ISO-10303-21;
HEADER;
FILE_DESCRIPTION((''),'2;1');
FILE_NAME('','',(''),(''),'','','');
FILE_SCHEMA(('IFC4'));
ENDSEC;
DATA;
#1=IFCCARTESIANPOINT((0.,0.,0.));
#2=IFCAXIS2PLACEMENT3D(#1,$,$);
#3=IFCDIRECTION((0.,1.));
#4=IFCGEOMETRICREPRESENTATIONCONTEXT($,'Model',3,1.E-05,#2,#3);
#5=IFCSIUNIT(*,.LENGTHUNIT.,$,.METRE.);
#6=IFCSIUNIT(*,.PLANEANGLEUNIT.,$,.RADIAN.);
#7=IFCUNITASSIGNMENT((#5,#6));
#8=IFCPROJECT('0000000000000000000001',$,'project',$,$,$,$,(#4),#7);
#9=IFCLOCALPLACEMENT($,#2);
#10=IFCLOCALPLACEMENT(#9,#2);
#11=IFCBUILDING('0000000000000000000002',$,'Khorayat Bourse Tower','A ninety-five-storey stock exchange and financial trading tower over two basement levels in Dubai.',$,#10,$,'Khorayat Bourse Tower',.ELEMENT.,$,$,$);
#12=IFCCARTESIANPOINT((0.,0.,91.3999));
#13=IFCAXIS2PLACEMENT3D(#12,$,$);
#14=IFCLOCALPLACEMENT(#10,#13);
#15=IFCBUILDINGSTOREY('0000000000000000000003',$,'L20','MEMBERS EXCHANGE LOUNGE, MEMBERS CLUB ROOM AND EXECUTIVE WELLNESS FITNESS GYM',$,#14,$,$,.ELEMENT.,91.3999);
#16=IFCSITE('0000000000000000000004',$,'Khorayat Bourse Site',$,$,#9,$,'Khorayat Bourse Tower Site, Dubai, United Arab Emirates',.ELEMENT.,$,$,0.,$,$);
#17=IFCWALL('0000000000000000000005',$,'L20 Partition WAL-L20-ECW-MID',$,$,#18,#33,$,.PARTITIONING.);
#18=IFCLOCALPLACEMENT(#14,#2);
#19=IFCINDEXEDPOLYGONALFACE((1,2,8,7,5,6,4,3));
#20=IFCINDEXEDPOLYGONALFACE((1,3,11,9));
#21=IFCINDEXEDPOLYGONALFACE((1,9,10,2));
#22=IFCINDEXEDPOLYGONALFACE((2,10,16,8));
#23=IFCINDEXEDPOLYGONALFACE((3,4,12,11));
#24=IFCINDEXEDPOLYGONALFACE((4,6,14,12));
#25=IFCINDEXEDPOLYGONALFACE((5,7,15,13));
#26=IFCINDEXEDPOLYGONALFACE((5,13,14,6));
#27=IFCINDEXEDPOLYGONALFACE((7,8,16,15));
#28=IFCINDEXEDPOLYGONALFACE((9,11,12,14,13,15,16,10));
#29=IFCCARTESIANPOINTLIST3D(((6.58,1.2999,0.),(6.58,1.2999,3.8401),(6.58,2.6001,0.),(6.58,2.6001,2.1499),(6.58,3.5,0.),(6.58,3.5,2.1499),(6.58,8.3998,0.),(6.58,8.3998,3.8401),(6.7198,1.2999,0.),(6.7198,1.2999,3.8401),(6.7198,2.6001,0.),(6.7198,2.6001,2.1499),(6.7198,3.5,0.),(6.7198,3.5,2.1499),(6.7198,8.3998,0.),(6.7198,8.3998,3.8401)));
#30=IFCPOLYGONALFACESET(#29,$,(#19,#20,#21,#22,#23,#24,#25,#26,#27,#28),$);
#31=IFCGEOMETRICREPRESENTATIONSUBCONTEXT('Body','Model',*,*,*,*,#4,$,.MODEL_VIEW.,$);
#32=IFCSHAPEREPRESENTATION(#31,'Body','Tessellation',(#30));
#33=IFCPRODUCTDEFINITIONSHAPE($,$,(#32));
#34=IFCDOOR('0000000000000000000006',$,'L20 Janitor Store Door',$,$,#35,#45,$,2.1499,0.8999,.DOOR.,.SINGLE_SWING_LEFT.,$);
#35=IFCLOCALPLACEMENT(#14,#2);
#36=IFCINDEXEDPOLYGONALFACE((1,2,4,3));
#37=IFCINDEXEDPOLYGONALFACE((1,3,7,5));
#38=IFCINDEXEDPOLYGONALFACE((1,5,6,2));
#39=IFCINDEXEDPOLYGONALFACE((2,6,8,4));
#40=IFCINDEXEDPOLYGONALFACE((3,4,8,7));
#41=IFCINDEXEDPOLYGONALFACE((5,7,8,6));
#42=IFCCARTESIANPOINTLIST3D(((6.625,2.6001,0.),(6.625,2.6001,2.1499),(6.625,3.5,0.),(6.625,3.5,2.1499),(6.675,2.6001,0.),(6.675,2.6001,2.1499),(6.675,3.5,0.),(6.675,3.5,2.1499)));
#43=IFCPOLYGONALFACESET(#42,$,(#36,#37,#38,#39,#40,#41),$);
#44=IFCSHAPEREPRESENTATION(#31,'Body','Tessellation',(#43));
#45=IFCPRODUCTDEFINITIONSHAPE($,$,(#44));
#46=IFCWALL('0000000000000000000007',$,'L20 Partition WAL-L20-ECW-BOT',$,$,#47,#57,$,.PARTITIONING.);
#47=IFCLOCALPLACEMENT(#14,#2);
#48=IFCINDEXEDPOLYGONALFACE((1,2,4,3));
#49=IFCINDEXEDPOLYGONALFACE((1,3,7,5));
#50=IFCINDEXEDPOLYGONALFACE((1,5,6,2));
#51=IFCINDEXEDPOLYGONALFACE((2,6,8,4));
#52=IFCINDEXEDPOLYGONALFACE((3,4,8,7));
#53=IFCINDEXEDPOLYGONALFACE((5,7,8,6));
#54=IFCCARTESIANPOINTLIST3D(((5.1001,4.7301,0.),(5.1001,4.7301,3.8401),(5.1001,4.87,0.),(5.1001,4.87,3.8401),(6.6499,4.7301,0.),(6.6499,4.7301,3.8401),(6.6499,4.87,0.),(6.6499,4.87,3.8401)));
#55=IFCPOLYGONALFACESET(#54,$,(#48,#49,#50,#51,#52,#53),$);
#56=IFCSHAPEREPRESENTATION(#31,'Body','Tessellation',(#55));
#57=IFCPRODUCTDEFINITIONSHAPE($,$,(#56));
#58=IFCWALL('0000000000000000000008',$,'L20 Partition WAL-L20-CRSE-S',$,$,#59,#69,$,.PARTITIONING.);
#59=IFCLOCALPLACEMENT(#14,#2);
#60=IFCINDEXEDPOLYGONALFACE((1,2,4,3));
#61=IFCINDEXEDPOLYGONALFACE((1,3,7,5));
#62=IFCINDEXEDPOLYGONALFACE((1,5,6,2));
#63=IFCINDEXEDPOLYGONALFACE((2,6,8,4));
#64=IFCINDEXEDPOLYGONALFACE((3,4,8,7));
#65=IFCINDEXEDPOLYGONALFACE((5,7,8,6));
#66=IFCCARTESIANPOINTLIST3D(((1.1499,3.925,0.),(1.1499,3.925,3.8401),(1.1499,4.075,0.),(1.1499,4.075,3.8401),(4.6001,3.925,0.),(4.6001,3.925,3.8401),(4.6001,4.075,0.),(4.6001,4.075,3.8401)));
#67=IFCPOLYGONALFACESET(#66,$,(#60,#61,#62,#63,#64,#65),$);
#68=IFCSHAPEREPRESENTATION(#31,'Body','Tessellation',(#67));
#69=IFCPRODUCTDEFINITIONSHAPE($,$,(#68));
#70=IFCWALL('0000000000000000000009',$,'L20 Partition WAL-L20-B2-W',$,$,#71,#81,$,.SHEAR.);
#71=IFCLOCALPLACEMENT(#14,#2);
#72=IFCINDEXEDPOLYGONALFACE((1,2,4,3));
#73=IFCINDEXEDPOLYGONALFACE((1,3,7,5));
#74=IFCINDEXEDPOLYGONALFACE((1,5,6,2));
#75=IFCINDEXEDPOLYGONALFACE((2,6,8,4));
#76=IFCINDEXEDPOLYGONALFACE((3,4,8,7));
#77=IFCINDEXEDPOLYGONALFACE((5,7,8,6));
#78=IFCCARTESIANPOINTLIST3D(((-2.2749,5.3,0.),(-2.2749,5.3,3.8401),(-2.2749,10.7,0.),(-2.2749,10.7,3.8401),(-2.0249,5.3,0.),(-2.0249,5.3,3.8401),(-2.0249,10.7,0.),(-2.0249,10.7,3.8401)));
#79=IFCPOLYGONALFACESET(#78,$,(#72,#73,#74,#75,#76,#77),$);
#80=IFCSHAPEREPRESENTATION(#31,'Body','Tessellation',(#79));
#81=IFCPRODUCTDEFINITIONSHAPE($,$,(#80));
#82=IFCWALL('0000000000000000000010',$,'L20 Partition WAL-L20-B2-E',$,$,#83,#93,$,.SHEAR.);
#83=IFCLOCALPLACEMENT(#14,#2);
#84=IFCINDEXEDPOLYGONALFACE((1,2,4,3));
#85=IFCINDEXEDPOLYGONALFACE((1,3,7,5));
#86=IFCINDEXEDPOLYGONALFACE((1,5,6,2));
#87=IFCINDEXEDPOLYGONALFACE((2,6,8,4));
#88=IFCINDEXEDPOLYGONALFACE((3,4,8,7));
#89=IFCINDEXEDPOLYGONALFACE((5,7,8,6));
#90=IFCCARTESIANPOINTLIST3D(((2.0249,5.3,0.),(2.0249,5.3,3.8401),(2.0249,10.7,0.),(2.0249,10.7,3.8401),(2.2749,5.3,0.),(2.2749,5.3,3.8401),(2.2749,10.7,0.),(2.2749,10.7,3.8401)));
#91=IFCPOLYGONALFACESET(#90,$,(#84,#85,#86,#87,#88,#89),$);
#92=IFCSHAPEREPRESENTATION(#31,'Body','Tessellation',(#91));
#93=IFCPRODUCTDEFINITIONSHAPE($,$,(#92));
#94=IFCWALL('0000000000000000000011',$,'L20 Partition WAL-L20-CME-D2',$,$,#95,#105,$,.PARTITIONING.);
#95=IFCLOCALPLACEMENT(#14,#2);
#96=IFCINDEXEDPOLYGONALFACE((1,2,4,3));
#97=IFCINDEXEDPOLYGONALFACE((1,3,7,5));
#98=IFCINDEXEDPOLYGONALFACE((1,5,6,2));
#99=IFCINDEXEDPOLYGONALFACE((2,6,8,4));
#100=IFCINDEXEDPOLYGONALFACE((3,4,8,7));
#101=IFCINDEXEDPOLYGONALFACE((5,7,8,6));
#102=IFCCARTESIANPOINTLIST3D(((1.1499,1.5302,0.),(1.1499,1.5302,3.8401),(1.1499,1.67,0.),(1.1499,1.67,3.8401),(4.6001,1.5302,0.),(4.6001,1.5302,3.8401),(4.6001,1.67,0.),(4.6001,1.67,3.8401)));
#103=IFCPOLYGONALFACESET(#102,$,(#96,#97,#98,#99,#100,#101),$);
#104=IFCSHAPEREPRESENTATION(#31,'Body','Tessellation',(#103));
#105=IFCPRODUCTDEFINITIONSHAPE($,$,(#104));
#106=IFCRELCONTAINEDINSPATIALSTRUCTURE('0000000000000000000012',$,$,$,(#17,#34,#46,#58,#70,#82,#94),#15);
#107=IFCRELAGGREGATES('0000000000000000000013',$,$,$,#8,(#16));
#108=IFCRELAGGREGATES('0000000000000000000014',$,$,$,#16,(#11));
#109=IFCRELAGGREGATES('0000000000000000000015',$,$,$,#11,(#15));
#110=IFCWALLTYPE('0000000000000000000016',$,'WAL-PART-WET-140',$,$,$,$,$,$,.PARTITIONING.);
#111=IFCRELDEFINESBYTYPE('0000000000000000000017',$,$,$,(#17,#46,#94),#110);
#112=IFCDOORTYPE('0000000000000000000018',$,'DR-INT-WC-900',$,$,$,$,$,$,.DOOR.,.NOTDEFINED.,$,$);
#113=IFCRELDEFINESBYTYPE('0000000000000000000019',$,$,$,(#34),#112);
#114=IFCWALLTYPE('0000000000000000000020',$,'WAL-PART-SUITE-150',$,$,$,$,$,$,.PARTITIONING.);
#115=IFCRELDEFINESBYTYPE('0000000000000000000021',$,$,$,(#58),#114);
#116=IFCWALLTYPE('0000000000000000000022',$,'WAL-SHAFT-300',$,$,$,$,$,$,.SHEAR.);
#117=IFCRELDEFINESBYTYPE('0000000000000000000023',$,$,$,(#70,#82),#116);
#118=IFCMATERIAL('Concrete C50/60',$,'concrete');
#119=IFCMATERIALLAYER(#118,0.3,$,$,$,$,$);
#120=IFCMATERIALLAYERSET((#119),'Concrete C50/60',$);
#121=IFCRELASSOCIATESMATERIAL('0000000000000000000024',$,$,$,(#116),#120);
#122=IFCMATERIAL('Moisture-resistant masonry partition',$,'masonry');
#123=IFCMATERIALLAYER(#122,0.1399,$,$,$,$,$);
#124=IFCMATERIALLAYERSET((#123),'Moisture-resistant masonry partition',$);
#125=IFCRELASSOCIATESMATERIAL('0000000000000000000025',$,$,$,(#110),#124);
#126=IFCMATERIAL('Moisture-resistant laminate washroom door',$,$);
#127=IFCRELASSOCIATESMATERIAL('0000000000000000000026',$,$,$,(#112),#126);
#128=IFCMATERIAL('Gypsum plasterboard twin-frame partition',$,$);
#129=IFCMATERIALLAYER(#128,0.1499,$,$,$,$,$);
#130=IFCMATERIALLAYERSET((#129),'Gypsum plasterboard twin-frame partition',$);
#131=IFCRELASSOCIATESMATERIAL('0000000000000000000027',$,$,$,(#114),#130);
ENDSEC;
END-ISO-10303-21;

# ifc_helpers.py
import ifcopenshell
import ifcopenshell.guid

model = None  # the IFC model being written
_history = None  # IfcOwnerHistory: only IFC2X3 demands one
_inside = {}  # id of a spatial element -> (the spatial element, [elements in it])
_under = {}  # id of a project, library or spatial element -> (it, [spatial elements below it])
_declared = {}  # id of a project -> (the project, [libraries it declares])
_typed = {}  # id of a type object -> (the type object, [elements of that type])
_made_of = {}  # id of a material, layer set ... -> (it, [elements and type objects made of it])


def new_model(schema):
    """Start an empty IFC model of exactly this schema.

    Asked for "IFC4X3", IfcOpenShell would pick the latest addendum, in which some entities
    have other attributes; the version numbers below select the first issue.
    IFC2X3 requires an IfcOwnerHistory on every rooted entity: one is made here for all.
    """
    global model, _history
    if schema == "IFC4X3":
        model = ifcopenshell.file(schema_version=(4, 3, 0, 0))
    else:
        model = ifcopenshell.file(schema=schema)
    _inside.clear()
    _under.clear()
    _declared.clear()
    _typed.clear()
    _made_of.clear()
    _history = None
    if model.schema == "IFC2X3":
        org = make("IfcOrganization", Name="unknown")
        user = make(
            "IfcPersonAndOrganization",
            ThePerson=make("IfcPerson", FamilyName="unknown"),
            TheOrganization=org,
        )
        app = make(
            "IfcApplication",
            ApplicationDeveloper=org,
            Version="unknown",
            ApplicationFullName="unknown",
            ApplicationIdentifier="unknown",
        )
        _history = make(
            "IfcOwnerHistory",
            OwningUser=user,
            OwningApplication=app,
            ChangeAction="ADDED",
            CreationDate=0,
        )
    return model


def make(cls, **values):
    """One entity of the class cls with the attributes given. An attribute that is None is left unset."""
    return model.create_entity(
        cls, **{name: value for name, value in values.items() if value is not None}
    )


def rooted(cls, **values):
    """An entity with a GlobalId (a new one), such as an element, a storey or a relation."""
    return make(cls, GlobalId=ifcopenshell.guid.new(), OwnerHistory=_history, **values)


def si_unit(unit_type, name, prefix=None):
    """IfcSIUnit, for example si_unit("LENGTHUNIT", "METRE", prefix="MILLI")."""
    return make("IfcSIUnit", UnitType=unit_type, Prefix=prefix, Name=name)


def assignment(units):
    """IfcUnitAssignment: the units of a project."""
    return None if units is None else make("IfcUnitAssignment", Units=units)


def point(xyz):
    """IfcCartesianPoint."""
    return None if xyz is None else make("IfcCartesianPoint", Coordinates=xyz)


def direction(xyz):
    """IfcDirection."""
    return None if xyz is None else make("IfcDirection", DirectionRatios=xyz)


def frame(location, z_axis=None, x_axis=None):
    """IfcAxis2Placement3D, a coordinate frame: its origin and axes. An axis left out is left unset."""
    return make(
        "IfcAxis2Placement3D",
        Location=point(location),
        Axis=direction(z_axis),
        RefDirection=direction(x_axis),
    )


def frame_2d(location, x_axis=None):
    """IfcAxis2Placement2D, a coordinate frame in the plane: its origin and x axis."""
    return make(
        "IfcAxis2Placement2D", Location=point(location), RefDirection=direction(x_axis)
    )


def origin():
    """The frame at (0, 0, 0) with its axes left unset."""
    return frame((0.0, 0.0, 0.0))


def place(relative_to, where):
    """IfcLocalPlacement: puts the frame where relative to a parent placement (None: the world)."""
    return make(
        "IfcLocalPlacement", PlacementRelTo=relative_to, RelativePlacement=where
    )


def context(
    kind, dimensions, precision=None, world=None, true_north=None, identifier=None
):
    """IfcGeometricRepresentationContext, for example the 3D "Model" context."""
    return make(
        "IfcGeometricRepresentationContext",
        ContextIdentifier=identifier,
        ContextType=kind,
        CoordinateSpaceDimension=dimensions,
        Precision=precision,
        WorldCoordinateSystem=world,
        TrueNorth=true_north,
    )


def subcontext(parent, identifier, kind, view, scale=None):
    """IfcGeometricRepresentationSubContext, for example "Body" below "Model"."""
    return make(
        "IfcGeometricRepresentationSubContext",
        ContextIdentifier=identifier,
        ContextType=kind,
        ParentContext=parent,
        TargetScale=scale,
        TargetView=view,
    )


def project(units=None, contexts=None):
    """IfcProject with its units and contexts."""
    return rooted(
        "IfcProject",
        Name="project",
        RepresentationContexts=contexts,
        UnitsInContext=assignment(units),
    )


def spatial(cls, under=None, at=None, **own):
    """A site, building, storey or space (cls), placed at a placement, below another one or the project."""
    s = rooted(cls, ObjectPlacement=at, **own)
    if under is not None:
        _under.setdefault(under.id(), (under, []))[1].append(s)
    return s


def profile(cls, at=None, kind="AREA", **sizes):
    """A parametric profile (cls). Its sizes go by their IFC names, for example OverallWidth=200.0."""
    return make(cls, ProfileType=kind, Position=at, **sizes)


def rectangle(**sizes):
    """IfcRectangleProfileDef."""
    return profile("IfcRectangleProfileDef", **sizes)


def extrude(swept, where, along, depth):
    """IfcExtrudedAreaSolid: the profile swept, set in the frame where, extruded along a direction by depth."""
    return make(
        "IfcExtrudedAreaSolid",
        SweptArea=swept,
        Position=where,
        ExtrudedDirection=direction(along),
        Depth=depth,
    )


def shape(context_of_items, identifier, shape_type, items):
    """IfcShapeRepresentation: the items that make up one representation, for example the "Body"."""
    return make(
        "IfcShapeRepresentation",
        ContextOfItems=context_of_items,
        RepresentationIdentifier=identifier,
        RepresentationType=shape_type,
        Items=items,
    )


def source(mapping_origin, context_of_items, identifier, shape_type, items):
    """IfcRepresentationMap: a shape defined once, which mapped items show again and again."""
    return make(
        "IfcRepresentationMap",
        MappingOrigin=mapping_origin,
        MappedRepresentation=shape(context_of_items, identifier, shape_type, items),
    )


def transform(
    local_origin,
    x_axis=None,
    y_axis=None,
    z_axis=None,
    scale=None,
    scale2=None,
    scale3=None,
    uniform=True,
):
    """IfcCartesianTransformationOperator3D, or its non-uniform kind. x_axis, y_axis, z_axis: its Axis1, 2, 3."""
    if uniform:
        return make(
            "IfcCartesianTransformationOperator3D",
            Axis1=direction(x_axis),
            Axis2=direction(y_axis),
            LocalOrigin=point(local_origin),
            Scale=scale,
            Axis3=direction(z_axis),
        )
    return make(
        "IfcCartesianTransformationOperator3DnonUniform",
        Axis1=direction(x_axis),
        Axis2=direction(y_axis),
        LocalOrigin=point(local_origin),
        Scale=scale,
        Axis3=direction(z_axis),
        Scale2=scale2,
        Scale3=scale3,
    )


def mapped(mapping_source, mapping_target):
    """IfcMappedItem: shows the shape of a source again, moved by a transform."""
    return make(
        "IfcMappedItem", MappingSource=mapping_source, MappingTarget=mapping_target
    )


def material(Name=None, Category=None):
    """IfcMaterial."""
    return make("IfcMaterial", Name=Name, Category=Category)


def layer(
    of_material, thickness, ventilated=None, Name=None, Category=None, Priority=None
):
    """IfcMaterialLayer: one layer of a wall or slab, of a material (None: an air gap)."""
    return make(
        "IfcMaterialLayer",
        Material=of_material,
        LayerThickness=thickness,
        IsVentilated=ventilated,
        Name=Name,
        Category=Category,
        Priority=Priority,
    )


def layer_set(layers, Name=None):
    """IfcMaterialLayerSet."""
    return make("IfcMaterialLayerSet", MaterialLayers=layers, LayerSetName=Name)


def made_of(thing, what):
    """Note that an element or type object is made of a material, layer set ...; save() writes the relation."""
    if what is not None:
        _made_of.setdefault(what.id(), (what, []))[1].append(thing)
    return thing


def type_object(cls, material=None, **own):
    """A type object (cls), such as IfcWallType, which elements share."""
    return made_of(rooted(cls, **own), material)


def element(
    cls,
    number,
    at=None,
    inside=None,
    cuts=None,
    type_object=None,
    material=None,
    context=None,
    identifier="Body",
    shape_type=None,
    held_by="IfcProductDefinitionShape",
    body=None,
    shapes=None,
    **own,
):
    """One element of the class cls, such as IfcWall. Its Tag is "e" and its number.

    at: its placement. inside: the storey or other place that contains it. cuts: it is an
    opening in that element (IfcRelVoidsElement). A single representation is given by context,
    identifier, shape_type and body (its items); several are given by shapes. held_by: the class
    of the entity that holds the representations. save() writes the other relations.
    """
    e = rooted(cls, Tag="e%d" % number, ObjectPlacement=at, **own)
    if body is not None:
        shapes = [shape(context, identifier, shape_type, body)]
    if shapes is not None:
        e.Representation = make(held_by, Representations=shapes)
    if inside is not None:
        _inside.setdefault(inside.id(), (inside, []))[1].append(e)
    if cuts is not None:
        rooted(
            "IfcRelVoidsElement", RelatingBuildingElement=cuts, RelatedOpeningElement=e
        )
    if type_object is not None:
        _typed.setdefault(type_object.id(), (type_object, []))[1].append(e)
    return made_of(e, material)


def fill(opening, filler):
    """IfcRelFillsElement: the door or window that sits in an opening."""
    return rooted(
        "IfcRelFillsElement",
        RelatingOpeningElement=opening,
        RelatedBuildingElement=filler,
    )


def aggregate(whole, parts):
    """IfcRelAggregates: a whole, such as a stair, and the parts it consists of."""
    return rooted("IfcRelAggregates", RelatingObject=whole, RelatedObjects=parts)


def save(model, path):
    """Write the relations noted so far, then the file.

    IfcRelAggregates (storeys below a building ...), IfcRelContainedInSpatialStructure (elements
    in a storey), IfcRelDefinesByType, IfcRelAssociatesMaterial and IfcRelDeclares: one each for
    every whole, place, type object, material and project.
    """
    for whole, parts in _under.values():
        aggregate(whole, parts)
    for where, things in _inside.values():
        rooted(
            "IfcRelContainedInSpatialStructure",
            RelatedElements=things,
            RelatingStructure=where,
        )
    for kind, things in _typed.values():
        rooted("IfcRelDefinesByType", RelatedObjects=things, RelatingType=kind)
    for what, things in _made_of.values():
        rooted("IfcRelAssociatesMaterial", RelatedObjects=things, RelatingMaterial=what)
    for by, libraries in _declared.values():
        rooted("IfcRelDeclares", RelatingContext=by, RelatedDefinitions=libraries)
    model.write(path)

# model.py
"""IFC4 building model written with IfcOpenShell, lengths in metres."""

from ifc_helpers import new_model, si_unit, direction, frame, frame_2d, origin, place, context, subcontext, project, spatial, rectangle, extrude, source, transform, mapped, material, layer, layer_set, type_object, element, fill, save


model = new_model("IFC4")

# Units and contexts
model_context = context("Model", 3, precision=1e-05, world=origin(), true_north=direction((0.0, 1.0)))
body_context = subcontext(model_context, "Body", "Model", "MODEL_VIEW")
ifc_project = project(units=[si_unit("LENGTHUNIT", "METRE"), si_unit("PLANEANGLEUNIT", "RADIAN")], contexts=[model_context])

# Site, building, storey
site_placement = place(None, origin())
site = spatial("IfcSite", under=ifc_project, at=site_placement, Name="Khorayat Bourse Site", LongName="Khorayat Bourse Tower Site, Dubai, United Arab Emirates", CompositionType="ELEMENT", RefElevation=0.0)
building_placement = place(site_placement, origin())
building = spatial("IfcBuilding", under=site, at=building_placement, Name="Khorayat Bourse Tower", Description="A ninety-five-storey stock exchange and financial trading tower over two basement levels in Dubai.", LongName="Khorayat Bourse Tower", CompositionType="ELEMENT")
storey_placement = place(building_placement, frame((0.0, 0.0, 91.3999)))
storey = spatial("IfcBuildingStorey", under=building, at=storey_placement, Name="L20", Description="MEMBERS EXCHANGE LOUNGE, MEMBERS CLUB ROOM AND EXECUTIVE WELLNESS FITNESS GYM", CompositionType="ELEMENT", Elevation=91.3999)

# Shared definitions
ifc_material_1 = material(Name="Concrete C50/60", Category="concrete")
ifc_layer_1 = layer(ifc_material_1, 0.3)
ifc_layer_set_1 = layer_set([ifc_layer_1], Name="Concrete C50/60")
wall_type_1 = type_object("IfcWallType", Name="WAL-SHAFT-300", PredefinedType="SHEAR", material=ifc_layer_set_1)
ifc_material_2 = material(Name="Moisture-resistant masonry partition", Category="masonry")
ifc_layer_2 = layer(ifc_material_2, 0.1399)
ifc_layer_set_2 = layer_set([ifc_layer_2], Name="Moisture-resistant masonry partition")
wall_type_2 = type_object("IfcWallType", Name="WAL-PART-WET-140", PredefinedType="PARTITIONING", material=ifc_layer_set_2)

# Wall, opening, door
shared_shape_1 = source(origin(), body_context, "Body", "SweptSolid", [
    extrude(rectangle(XDim=7.0999, YDim=0.1399, at=frame_2d((3.5498, 0.0))), origin(), (0.0, 0.0, 1.0), 3.8401),
])
wall_1_placement = place(storey_placement, frame((6.6499, 1.3, 0.0), z_axis=(0.0, 0.0, 1.0), x_axis=(0.0, 1.0, 0.0)))
wall_1 = element("IfcWall", 1, at=wall_1_placement, inside=storey, type_object=wall_type_2, Name="L20 Partition WAL-L20-ECW-MID", PredefinedType="PARTITIONING", context=body_context, shape_type="MappedRepresentation", body=[
    mapped(shared_shape_1, transform((0.0, 0.0, 0.0), scale=1.0)),
])
shared_shape_2 = source(origin(), body_context, "Body", "SweptSolid", [
    extrude(rectangle(XDim=0.8999, YDim=2.1499, at=frame_2d((0.45, 1.075))), frame((0.0, 0.0798, 0.0), z_axis=(0.0, -1.0, 0.0), x_axis=(1.0, 0.0, 0.0)), (0.0, 0.0, 1.0), 0.1599),
])
opening_placement = place(wall_1_placement, frame((1.3, 0.0, 0.0)))
opening = element("IfcOpeningElement", 2, at=opening_placement, cuts=wall_1, PredefinedType="OPENING", context=body_context, shape_type="MappedRepresentation", body=[
    mapped(shared_shape_2, transform((0.0, 0.0, 0.0), scale=1.0)),
])
ifc_material_3 = material(Name="Moisture-resistant laminate washroom door")
door_type = type_object("IfcDoorType", Name="DR-INT-WC-900", OperationType="NOTDEFINED", PredefinedType="DOOR", material=ifc_material_3)
shared_shape_3 = source(origin(), body_context, "Body", "SweptSolid", [
    extrude(rectangle(XDim=0.8999, YDim=2.1499, at=frame_2d((0.45, 1.075))), frame((0.0, 0.0249, 0.0), z_axis=(0.0, -1.0, 0.0), x_axis=(1.0, 0.0, 0.0)), (0.0, 0.0, 1.0), 0.05),
])
door_placement = place(opening_placement, origin())
door = element("IfcDoor", 3, at=door_placement, inside=storey, type_object=door_type, Name="L20 Janitor Store Door", OperationType="SINGLE_SWING_LEFT", OverallHeight=2.1499, OverallWidth=0.8999, PredefinedType="DOOR", context=body_context, shape_type="MappedRepresentation", body=[
    mapped(shared_shape_3, transform((0.0, 0.0, 0.0), scale=1.0)),
])
fill(opening, door)

# Walls
shared_shape_4 = source(origin(), body_context, "Body", "SweptSolid", [
    extrude(rectangle(XDim=1.5498, YDim=0.1399, at=frame_2d((0.7749, 0.0))), origin(), (0.0, 0.0, 1.0), 3.8401),
])
wall_2_placement = place(storey_placement, frame((5.1001, 4.8, 0.0), z_axis=(0.0, 0.0, 1.0), x_axis=(1.0, 0.0, 0.0)))
element("IfcWall", 4, at=wall_2_placement, inside=storey, type_object=wall_type_2, Name="L20 Partition WAL-L20-ECW-BOT", PredefinedType="PARTITIONING", context=body_context, shape_type="MappedRepresentation", body=[
    mapped(shared_shape_4, transform((0.0, 0.0, 0.0), scale=1.0)),
])
ifc_material_4 = material(Name="Gypsum plasterboard twin-frame partition")
ifc_layer_3 = layer(ifc_material_4, 0.1499)
ifc_layer_set_3 = layer_set([ifc_layer_3], Name="Gypsum plasterboard twin-frame partition")
wall_type_3 = type_object("IfcWallType", Name="WAL-PART-SUITE-150", PredefinedType="PARTITIONING", material=ifc_layer_set_3)
shared_shape_5 = source(origin(), body_context, "Body", "SweptSolid", [
    extrude(rectangle(XDim=3.4502, YDim=0.1499, at=frame_2d((1.7251, 0.0))), origin(), (0.0, 0.0, 1.0), 3.8401),
])
wall_3_placement = place(storey_placement, frame((1.1499, 4.0, 0.0), z_axis=(0.0, 0.0, 1.0), x_axis=(1.0, 0.0, 0.0)))
element("IfcWall", 5, at=wall_3_placement, inside=storey, type_object=wall_type_3, Name="L20 Partition WAL-L20-CRSE-S", PredefinedType="PARTITIONING", context=body_context, shape_type="MappedRepresentation", body=[
    mapped(shared_shape_5, transform((0.0, 0.0, 0.0), scale=1.0)),
])
shared_shape_6 = source(origin(), body_context, "Body", "SweptSolid", [
    extrude(rectangle(XDim=5.3999, YDim=0.25, at=frame_2d((2.7, 0.0))), origin(), (0.0, 0.0, 1.0), 3.8401),
])
for number, where, z_axis, x_axis, name in (
    (6, (-2.1499, 5.3, 0.0), (0.0, 0.0, 1.0), (0.0, 1.0, 0.0), "L20 Partition WAL-L20-B2-W"),
    (7, (2.1499, 5.3, 0.0), (0.0, 0.0, 1.0), (0.0, 1.0, 0.0), "L20 Partition WAL-L20-B2-E"),
):
    element("IfcWall", number, at=place(storey_placement, frame(where, z_axis=z_axis, x_axis=x_axis)), inside=storey, type_object=wall_type_1, Name=name, PredefinedType="SHEAR", context=body_context, shape_type="MappedRepresentation", body=[
        mapped(shared_shape_6, transform((0.0, 0.0, 0.0), scale=1.0)),
    ])
shared_shape_7 = source(origin(), body_context, "Body", "SweptSolid", [
    extrude(rectangle(XDim=3.4502, YDim=0.1399, at=frame_2d((1.7251, 0.0))), origin(), (0.0, 0.0, 1.0), 3.8401),
])
wall_4_placement = place(storey_placement, frame((1.1499, 1.6001, 0.0), z_axis=(0.0, 0.0, 1.0), x_axis=(1.0, 0.0, 0.0)))
element("IfcWall", 8, at=wall_4_placement, inside=storey, type_object=wall_type_2, Name="L20 Partition WAL-L20-CME-D2", PredefinedType="PARTITIONING", context=body_context, shape_type="MappedRepresentation", body=[
    mapped(shared_shape_7, transform((0.0, 0.0, 0.0), scale=1.0)),
])

save(model, "model.ifc")
